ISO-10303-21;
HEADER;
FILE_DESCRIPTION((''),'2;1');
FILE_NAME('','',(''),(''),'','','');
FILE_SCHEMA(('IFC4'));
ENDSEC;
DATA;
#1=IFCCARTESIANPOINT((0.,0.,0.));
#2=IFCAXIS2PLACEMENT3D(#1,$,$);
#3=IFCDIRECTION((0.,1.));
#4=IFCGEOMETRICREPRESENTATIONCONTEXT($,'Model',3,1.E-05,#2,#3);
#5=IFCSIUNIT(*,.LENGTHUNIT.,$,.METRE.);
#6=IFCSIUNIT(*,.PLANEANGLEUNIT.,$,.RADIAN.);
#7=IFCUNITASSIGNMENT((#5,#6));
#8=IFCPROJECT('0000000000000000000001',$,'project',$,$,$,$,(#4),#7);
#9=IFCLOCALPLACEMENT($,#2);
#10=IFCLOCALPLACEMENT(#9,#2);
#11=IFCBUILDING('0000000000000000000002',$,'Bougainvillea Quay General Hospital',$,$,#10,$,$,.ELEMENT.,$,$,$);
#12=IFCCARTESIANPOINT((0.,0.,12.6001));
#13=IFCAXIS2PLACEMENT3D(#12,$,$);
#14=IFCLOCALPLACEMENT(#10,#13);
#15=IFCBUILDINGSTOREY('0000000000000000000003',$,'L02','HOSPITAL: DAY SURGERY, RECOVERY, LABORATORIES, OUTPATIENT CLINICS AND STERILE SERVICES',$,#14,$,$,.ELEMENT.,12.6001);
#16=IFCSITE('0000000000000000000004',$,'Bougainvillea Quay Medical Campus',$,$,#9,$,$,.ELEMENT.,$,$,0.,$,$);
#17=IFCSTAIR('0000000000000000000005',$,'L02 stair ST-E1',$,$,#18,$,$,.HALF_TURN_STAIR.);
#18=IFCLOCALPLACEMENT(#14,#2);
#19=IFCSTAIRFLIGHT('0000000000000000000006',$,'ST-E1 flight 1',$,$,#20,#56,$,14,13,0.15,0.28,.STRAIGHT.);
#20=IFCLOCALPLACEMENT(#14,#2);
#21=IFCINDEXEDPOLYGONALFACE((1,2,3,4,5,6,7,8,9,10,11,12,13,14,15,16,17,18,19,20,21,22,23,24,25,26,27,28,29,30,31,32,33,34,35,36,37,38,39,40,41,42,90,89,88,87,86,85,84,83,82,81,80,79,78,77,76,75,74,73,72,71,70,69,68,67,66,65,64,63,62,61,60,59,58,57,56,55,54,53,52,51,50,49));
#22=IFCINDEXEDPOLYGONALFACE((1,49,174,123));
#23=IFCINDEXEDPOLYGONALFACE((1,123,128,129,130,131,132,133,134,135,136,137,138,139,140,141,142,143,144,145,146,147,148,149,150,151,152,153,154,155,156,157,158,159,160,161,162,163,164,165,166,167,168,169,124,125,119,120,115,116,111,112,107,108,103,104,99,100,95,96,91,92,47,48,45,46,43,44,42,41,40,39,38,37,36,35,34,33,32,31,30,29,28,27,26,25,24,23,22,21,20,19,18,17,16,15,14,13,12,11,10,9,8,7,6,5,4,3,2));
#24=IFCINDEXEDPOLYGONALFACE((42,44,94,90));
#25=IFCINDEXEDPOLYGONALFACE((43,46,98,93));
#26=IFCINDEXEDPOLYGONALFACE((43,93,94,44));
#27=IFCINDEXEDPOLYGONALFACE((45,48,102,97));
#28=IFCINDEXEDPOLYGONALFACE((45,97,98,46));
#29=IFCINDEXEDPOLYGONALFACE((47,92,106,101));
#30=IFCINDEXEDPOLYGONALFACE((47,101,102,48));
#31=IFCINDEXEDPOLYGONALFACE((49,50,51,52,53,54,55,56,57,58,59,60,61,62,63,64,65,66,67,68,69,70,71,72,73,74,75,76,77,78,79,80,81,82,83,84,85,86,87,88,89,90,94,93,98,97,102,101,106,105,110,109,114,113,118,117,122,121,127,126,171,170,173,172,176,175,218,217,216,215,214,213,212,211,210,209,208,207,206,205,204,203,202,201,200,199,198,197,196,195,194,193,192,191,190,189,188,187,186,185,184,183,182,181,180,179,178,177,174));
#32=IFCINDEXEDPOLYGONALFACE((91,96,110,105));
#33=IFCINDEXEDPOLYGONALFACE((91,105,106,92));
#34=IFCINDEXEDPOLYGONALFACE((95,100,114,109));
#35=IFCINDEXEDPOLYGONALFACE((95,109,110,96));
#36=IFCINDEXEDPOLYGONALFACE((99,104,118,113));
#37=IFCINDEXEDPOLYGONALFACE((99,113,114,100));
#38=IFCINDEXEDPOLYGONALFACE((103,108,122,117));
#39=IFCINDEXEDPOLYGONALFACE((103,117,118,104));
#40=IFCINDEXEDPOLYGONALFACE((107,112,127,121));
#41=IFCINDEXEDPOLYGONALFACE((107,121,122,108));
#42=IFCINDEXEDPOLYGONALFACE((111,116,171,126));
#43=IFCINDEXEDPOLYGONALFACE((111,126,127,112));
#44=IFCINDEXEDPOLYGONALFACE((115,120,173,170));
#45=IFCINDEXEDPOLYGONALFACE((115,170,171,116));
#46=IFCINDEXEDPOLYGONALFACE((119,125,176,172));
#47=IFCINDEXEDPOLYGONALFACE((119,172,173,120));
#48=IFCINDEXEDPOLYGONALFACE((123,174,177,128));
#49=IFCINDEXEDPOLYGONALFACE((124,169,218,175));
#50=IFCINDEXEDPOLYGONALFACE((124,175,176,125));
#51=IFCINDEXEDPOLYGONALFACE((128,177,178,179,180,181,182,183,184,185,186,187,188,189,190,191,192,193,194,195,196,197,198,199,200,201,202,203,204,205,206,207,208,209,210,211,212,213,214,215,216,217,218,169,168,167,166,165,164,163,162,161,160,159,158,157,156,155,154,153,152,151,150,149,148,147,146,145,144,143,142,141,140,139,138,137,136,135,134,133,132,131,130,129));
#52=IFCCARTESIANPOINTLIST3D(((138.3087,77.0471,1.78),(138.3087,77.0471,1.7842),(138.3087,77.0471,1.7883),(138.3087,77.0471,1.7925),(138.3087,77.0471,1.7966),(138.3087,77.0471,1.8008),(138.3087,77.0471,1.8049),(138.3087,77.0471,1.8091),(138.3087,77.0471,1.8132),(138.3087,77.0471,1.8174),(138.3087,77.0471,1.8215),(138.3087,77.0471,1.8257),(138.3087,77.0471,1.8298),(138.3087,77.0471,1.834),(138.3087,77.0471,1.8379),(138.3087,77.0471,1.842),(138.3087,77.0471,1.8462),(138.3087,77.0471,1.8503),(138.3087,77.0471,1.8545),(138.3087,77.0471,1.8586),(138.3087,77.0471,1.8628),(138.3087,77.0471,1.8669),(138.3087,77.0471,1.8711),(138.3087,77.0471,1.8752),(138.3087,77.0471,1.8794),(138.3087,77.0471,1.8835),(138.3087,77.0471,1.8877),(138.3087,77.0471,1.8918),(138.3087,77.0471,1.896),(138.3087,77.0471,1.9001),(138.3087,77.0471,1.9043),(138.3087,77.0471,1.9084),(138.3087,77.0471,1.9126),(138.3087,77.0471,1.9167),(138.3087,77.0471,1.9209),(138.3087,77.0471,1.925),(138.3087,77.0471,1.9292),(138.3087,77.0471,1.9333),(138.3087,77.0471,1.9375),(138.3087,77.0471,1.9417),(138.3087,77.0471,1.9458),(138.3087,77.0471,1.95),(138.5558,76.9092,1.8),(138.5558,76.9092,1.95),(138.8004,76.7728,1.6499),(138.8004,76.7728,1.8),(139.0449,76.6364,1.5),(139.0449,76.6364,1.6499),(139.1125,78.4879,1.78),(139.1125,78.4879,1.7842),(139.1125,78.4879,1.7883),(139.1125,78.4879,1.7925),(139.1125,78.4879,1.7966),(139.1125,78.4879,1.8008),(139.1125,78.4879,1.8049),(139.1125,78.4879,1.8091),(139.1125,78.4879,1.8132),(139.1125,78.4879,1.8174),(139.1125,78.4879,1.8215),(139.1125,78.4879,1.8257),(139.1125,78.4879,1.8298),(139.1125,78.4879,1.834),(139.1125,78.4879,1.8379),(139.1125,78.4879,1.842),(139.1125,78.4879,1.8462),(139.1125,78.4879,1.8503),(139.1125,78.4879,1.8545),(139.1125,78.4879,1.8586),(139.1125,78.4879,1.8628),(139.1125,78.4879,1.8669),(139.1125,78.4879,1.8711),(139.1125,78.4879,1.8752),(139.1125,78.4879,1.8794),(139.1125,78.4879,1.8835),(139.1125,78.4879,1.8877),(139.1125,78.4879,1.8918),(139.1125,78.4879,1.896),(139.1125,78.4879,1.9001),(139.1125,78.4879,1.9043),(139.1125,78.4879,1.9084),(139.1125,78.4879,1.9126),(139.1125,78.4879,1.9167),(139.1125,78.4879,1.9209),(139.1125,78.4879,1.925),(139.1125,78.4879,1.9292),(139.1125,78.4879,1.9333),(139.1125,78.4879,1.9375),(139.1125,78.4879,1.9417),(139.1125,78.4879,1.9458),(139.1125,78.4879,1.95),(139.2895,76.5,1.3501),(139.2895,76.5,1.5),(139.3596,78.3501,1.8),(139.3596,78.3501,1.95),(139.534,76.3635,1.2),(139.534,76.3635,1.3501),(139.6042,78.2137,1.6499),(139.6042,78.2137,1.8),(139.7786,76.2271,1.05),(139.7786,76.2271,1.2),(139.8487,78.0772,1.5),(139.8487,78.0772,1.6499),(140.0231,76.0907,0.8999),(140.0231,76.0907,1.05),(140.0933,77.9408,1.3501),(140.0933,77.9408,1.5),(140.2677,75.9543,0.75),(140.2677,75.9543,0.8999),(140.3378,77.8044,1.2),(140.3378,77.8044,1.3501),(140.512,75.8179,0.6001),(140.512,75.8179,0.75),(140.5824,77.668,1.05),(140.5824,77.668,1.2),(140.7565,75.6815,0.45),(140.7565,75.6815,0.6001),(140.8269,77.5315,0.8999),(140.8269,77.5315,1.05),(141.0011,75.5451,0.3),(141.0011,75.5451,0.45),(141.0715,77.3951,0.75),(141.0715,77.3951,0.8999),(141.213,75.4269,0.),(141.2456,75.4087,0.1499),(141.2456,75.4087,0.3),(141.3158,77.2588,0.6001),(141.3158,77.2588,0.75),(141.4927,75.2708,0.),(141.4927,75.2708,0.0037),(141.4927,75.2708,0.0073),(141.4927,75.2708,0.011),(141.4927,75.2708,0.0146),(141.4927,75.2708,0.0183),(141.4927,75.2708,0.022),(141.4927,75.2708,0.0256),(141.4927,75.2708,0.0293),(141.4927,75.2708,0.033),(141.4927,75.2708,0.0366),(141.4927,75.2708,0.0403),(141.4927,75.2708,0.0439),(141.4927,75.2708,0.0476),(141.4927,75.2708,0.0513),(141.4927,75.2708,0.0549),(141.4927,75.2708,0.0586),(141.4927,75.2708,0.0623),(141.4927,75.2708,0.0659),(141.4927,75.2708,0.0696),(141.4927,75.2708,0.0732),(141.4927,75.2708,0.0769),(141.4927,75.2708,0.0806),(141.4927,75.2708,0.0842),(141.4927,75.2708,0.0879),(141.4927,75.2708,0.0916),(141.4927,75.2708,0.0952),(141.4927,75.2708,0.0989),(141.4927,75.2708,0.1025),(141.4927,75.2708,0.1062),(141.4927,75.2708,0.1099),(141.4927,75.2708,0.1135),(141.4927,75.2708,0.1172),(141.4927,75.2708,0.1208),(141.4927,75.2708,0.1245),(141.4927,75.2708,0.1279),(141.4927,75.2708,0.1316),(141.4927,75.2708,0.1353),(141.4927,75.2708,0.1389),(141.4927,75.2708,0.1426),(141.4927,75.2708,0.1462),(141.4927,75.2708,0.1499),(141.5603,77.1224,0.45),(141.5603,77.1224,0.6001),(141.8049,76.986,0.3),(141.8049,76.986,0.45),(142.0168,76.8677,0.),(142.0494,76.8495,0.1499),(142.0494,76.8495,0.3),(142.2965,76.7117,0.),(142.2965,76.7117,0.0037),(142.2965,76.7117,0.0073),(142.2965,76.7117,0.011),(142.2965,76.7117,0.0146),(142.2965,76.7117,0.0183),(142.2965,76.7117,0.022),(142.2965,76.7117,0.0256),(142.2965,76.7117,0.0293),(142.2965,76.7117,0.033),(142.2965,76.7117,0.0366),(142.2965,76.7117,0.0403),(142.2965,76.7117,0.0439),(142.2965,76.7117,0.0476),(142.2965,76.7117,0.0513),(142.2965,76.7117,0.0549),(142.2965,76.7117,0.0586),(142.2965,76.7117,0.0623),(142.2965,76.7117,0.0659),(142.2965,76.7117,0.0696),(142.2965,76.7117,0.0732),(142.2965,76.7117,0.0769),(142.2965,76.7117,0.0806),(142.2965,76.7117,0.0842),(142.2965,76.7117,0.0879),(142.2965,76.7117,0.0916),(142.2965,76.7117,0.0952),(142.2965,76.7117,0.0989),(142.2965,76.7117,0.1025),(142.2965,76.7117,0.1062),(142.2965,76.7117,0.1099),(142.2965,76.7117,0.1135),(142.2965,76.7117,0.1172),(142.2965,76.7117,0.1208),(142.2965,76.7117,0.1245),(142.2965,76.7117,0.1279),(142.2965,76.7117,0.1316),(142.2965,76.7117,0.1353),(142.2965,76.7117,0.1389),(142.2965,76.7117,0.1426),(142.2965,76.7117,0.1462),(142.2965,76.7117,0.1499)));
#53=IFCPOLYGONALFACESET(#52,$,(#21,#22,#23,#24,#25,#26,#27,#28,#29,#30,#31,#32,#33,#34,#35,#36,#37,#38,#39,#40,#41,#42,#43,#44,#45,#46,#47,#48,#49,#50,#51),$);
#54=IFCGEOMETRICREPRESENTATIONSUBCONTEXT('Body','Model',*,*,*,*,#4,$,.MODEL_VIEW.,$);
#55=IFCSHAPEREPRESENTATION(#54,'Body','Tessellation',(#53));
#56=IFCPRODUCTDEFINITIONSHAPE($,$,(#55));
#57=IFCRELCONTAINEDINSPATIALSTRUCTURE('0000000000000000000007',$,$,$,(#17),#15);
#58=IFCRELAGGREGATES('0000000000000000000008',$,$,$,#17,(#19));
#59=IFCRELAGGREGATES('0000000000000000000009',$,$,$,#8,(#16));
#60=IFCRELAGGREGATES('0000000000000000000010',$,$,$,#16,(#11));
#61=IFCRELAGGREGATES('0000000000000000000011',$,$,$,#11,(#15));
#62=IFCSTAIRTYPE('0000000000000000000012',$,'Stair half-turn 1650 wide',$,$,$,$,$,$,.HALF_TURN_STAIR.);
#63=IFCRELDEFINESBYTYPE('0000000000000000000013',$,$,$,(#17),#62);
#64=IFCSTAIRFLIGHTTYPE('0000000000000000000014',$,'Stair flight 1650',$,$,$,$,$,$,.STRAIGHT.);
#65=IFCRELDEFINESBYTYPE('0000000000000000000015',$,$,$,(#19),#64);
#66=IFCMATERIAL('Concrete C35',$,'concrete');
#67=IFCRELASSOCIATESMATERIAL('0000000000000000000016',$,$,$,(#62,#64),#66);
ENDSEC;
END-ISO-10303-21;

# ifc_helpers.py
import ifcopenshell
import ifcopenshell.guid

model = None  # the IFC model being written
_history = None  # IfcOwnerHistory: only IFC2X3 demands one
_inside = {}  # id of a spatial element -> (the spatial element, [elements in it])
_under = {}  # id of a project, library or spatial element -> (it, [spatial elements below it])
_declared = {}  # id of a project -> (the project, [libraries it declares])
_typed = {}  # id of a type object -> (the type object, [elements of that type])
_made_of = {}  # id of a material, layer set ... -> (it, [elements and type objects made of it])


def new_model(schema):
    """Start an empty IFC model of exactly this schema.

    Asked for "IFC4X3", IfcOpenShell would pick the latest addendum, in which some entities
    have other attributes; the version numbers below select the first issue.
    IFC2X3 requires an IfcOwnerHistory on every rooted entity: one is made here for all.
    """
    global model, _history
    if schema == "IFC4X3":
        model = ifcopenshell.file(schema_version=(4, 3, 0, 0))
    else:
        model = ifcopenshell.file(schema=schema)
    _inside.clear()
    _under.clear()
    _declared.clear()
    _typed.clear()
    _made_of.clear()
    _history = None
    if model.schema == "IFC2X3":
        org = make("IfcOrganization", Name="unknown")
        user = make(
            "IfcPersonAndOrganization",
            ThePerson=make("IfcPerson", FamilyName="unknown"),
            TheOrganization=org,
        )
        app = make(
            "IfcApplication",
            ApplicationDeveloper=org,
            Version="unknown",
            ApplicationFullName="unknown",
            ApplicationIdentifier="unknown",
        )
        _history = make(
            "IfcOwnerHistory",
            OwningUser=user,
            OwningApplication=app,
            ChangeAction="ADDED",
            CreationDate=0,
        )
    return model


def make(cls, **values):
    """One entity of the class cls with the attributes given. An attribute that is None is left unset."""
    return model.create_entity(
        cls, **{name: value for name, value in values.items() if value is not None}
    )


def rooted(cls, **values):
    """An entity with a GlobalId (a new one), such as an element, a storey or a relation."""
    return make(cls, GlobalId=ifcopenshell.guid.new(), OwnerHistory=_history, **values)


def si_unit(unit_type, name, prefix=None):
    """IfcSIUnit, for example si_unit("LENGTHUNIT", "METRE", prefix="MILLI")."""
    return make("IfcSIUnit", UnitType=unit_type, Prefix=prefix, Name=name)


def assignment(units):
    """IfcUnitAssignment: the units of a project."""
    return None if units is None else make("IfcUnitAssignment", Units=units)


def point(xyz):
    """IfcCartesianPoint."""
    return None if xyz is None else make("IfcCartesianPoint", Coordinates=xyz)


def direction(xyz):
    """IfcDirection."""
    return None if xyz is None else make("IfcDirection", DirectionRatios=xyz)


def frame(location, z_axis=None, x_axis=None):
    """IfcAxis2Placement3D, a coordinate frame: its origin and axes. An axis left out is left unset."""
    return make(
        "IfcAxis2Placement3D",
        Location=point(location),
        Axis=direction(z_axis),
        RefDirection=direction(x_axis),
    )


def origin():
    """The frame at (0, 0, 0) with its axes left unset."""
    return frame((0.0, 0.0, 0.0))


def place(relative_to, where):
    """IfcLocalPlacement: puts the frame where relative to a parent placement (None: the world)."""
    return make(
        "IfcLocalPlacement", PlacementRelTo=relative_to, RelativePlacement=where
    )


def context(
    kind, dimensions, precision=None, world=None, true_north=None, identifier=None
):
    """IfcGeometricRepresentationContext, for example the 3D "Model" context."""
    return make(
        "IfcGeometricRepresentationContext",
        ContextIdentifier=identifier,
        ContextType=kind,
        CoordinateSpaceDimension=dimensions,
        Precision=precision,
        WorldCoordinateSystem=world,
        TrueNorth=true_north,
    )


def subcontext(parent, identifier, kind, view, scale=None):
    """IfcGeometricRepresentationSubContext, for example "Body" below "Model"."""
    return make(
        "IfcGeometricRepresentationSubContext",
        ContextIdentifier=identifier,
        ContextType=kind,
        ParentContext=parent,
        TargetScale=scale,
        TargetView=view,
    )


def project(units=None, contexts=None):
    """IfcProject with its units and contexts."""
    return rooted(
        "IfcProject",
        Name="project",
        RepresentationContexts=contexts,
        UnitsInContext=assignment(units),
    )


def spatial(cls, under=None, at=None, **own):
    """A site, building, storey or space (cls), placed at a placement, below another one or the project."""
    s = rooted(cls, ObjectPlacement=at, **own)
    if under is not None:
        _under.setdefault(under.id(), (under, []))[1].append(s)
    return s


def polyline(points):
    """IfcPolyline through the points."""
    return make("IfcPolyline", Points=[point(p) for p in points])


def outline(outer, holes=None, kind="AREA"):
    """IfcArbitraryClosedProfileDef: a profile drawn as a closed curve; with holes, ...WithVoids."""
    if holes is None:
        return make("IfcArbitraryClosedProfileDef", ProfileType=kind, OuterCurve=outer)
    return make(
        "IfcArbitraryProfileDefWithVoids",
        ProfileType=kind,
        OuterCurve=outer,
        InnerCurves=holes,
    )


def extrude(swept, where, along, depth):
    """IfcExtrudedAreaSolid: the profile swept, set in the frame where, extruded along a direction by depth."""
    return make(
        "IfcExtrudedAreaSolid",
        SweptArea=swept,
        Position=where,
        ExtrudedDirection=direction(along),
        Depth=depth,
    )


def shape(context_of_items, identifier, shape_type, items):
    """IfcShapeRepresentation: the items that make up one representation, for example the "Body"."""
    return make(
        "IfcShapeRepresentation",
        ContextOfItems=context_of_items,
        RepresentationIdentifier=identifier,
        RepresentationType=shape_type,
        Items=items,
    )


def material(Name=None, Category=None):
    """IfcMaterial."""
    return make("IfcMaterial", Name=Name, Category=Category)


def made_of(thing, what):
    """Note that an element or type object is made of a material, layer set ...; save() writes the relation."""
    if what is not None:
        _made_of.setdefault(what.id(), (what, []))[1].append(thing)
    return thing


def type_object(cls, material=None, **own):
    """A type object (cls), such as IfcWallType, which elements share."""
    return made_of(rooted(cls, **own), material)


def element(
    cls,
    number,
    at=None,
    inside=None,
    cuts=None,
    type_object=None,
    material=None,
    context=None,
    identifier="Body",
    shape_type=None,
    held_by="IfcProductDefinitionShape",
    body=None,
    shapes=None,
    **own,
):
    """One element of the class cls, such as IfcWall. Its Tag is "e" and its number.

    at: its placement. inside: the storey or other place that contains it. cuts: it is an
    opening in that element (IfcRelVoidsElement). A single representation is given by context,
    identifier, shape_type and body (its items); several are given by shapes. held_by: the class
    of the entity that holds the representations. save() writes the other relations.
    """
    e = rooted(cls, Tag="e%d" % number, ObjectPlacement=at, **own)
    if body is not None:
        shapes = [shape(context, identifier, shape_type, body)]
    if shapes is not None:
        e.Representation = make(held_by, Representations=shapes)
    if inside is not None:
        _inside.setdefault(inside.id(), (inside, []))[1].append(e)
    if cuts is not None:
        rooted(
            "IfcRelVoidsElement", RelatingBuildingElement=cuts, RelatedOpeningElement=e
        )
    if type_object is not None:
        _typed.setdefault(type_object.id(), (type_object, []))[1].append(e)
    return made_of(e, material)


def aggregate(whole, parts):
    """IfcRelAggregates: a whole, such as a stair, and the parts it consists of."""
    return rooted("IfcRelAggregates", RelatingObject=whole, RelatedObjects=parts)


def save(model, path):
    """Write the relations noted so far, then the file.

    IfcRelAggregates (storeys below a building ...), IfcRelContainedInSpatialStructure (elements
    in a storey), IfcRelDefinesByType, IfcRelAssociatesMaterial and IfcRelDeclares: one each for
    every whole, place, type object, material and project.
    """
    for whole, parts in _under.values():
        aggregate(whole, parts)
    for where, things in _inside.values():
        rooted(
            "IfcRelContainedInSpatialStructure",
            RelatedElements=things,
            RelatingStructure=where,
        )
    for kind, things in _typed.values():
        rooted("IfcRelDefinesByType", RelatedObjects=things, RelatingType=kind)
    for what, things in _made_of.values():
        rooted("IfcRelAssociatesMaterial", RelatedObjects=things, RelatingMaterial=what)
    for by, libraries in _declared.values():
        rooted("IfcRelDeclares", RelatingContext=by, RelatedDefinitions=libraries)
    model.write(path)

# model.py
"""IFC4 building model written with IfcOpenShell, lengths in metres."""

from ifc_helpers import new_model, si_unit, direction, frame, origin, place, context, subcontext, project, spatial, polyline, outline, extrude, material, type_object, element, aggregate, save


model = new_model("IFC4")

# Units and contexts
model_context = context("Model", 3, precision=1e-05, world=origin(), true_north=direction((0.0, 1.0)))
body_context = subcontext(model_context, "Body", "Model", "MODEL_VIEW")
ifc_project = project(units=[si_unit("LENGTHUNIT", "METRE"), si_unit("PLANEANGLEUNIT", "RADIAN")], contexts=[model_context])

# Site, building, storey
site_placement = place(None, origin())
site = spatial("IfcSite", under=ifc_project, at=site_placement, Name="Bougainvillea Quay Medical Campus", CompositionType="ELEMENT", RefElevation=0.0)
building_placement = place(site_placement, origin())
building = spatial("IfcBuilding", under=site, at=building_placement, Name="Bougainvillea Quay General Hospital", CompositionType="ELEMENT")
storey_placement = place(building_placement, frame((0.0, 0.0, 12.6001)))
storey = spatial("IfcBuildingStorey", under=building, at=storey_placement, Name="L02", Description="HOSPITAL: DAY SURGERY, RECOVERY, LABORATORIES, OUTPATIENT CLINICS AND STERILE SERVICES", CompositionType="ELEMENT", Elevation=12.6001)

# Stair, stair flight
ifc_material_1 = material(Name="Concrete C35", Category="concrete")
stair_type = type_object("IfcStairType", Name="Stair half-turn 1650 wide", PredefinedType="HALF_TURN_STAIR", material=ifc_material_1)
stair_placement = place(storey_placement, origin())
stair = element("IfcStair", 1, at=stair_placement, inside=storey, type_object=stair_type, Name="L02 stair ST-E1", PredefinedType="HALF_TURN_STAIR")
stair_flight_type = type_object("IfcStairFlightType", Name="Stair flight 1650", PredefinedType="STRAIGHT", material=ifc_material_1)
stair_flight_1_placement = place(storey_placement, frame((141.8921, 75.9927, 0.0), z_axis=(0.0, 0.0, 1.0), x_axis=(-0.873301, 0.487181, 0.0)))
stair_flight_1 = element("IfcStairFlight", 2, at=stair_flight_1_placement, type_object=stair_flight_type, Name="ST-E1 flight 1", NumberOfRisers=14, NumberOfTreads=13, PredefinedType="STRAIGHT", RiserHeight=0.15, TreadLength=0.28, context=body_context, shape_type="SweptSolid", body=[
    extrude(outline(polyline([(-0.0029, 0.0), (-0.0029, 0.0037), (-0.0029, 0.0073), (-0.0029, 0.011), (-0.0029, 0.0146), (-0.0029, 0.0183), (-0.0029, 0.022), (-0.0029, 0.0256), (-0.0029, 0.0293), (-0.0029, 0.033), (-0.0029, 0.0366), (-0.0029, 0.0403), (-0.0029, 0.0439), (-0.0029, 0.0476), (-0.0029, 0.0513), (-0.0029, 0.0549), (-0.0029, 0.0586), (-0.0029, 0.0623), (-0.0029, 0.0659), (-0.0029, 0.0696), (-0.0029, 0.0732), (-0.0029, 0.0769), (-0.0029, 0.0806), (-0.0029, 0.0842), (-0.0029, 0.0879), (-0.0029, 0.0916), (-0.0029, 0.0952), (-0.0029, 0.0989), (-0.0029, 0.1025), (-0.0029, 0.1062), (-0.0029, 0.1099), (-0.0029, 0.1135), (-0.0029, 0.1172), (-0.0029, 0.1208), (-0.0029, 0.1245), (-0.0029, 0.1279), (-0.0029, 0.1316), (-0.0029, 0.1353), (-0.0029, 0.1389), (-0.0029, 0.1426), (-0.0029, 0.1462), (-0.0029, 0.1499), (0.28, 0.1499), (0.28, 0.3), (0.5601, 0.3), (0.5601, 0.45), (0.8401, 0.45), (0.8401, 0.6001), (1.1201, 0.6001), (1.1201, 0.75), (1.3999, 0.75), (1.3999, 0.8999), (1.6799, 0.8999), (1.6799, 1.05), (1.96, 1.05), (1.96, 1.2), (2.24, 1.2), (2.24, 1.3501), (2.52, 1.3501), (2.52, 1.5), (2.8, 1.5), (2.8, 1.6499), (3.0801, 1.6499), (3.0801, 1.8), (3.3601, 1.8), (3.3601, 1.95), (3.6431, 1.95), (3.6431, 1.9458), (3.6431, 1.9417), (3.6431, 1.9375), (3.6431, 1.9333), (3.6431, 1.9292), (3.6431, 1.925), (3.6431, 1.9209), (3.6431, 1.9167), (3.6431, 1.9126), (3.6431, 1.9084), (3.6431, 1.9043), (3.6431, 1.9001), (3.6431, 1.896), (3.6431, 1.8918), (3.6431, 1.8877), (3.6431, 1.8835), (3.6431, 1.8794), (3.6431, 1.8752), (3.6431, 1.8711), (3.6431, 1.8669), (3.6431, 1.8628), (3.6431, 1.8586), (3.6431, 1.8545), (3.6431, 1.8503), (3.6431, 1.8462), (3.6431, 1.842), (3.6431, 1.8379), (3.6431, 1.834), (3.6431, 1.8298), (3.6431, 1.8257), (3.6431, 1.8215), (3.6431, 1.8174), (3.6431, 1.8132), (3.6431, 1.8091), (3.6431, 1.8049), (3.6431, 1.8008), (3.6431, 1.7966), (3.6431, 1.7925), (3.6431, 1.7883), (3.6431, 1.7842), (3.6431, 1.78), (0.3174, 0.0), (-0.0029, 0.0)])), frame((0.0, 0.825, 0.0), z_axis=(0.0, -1.0, 0.0), x_axis=(1.0, 0.0, 0.0)), (0.0, 0.0, 1.0), 1.6499),
])
aggregate(stair, [stair_flight_1])

save(model, "model.ifc")
